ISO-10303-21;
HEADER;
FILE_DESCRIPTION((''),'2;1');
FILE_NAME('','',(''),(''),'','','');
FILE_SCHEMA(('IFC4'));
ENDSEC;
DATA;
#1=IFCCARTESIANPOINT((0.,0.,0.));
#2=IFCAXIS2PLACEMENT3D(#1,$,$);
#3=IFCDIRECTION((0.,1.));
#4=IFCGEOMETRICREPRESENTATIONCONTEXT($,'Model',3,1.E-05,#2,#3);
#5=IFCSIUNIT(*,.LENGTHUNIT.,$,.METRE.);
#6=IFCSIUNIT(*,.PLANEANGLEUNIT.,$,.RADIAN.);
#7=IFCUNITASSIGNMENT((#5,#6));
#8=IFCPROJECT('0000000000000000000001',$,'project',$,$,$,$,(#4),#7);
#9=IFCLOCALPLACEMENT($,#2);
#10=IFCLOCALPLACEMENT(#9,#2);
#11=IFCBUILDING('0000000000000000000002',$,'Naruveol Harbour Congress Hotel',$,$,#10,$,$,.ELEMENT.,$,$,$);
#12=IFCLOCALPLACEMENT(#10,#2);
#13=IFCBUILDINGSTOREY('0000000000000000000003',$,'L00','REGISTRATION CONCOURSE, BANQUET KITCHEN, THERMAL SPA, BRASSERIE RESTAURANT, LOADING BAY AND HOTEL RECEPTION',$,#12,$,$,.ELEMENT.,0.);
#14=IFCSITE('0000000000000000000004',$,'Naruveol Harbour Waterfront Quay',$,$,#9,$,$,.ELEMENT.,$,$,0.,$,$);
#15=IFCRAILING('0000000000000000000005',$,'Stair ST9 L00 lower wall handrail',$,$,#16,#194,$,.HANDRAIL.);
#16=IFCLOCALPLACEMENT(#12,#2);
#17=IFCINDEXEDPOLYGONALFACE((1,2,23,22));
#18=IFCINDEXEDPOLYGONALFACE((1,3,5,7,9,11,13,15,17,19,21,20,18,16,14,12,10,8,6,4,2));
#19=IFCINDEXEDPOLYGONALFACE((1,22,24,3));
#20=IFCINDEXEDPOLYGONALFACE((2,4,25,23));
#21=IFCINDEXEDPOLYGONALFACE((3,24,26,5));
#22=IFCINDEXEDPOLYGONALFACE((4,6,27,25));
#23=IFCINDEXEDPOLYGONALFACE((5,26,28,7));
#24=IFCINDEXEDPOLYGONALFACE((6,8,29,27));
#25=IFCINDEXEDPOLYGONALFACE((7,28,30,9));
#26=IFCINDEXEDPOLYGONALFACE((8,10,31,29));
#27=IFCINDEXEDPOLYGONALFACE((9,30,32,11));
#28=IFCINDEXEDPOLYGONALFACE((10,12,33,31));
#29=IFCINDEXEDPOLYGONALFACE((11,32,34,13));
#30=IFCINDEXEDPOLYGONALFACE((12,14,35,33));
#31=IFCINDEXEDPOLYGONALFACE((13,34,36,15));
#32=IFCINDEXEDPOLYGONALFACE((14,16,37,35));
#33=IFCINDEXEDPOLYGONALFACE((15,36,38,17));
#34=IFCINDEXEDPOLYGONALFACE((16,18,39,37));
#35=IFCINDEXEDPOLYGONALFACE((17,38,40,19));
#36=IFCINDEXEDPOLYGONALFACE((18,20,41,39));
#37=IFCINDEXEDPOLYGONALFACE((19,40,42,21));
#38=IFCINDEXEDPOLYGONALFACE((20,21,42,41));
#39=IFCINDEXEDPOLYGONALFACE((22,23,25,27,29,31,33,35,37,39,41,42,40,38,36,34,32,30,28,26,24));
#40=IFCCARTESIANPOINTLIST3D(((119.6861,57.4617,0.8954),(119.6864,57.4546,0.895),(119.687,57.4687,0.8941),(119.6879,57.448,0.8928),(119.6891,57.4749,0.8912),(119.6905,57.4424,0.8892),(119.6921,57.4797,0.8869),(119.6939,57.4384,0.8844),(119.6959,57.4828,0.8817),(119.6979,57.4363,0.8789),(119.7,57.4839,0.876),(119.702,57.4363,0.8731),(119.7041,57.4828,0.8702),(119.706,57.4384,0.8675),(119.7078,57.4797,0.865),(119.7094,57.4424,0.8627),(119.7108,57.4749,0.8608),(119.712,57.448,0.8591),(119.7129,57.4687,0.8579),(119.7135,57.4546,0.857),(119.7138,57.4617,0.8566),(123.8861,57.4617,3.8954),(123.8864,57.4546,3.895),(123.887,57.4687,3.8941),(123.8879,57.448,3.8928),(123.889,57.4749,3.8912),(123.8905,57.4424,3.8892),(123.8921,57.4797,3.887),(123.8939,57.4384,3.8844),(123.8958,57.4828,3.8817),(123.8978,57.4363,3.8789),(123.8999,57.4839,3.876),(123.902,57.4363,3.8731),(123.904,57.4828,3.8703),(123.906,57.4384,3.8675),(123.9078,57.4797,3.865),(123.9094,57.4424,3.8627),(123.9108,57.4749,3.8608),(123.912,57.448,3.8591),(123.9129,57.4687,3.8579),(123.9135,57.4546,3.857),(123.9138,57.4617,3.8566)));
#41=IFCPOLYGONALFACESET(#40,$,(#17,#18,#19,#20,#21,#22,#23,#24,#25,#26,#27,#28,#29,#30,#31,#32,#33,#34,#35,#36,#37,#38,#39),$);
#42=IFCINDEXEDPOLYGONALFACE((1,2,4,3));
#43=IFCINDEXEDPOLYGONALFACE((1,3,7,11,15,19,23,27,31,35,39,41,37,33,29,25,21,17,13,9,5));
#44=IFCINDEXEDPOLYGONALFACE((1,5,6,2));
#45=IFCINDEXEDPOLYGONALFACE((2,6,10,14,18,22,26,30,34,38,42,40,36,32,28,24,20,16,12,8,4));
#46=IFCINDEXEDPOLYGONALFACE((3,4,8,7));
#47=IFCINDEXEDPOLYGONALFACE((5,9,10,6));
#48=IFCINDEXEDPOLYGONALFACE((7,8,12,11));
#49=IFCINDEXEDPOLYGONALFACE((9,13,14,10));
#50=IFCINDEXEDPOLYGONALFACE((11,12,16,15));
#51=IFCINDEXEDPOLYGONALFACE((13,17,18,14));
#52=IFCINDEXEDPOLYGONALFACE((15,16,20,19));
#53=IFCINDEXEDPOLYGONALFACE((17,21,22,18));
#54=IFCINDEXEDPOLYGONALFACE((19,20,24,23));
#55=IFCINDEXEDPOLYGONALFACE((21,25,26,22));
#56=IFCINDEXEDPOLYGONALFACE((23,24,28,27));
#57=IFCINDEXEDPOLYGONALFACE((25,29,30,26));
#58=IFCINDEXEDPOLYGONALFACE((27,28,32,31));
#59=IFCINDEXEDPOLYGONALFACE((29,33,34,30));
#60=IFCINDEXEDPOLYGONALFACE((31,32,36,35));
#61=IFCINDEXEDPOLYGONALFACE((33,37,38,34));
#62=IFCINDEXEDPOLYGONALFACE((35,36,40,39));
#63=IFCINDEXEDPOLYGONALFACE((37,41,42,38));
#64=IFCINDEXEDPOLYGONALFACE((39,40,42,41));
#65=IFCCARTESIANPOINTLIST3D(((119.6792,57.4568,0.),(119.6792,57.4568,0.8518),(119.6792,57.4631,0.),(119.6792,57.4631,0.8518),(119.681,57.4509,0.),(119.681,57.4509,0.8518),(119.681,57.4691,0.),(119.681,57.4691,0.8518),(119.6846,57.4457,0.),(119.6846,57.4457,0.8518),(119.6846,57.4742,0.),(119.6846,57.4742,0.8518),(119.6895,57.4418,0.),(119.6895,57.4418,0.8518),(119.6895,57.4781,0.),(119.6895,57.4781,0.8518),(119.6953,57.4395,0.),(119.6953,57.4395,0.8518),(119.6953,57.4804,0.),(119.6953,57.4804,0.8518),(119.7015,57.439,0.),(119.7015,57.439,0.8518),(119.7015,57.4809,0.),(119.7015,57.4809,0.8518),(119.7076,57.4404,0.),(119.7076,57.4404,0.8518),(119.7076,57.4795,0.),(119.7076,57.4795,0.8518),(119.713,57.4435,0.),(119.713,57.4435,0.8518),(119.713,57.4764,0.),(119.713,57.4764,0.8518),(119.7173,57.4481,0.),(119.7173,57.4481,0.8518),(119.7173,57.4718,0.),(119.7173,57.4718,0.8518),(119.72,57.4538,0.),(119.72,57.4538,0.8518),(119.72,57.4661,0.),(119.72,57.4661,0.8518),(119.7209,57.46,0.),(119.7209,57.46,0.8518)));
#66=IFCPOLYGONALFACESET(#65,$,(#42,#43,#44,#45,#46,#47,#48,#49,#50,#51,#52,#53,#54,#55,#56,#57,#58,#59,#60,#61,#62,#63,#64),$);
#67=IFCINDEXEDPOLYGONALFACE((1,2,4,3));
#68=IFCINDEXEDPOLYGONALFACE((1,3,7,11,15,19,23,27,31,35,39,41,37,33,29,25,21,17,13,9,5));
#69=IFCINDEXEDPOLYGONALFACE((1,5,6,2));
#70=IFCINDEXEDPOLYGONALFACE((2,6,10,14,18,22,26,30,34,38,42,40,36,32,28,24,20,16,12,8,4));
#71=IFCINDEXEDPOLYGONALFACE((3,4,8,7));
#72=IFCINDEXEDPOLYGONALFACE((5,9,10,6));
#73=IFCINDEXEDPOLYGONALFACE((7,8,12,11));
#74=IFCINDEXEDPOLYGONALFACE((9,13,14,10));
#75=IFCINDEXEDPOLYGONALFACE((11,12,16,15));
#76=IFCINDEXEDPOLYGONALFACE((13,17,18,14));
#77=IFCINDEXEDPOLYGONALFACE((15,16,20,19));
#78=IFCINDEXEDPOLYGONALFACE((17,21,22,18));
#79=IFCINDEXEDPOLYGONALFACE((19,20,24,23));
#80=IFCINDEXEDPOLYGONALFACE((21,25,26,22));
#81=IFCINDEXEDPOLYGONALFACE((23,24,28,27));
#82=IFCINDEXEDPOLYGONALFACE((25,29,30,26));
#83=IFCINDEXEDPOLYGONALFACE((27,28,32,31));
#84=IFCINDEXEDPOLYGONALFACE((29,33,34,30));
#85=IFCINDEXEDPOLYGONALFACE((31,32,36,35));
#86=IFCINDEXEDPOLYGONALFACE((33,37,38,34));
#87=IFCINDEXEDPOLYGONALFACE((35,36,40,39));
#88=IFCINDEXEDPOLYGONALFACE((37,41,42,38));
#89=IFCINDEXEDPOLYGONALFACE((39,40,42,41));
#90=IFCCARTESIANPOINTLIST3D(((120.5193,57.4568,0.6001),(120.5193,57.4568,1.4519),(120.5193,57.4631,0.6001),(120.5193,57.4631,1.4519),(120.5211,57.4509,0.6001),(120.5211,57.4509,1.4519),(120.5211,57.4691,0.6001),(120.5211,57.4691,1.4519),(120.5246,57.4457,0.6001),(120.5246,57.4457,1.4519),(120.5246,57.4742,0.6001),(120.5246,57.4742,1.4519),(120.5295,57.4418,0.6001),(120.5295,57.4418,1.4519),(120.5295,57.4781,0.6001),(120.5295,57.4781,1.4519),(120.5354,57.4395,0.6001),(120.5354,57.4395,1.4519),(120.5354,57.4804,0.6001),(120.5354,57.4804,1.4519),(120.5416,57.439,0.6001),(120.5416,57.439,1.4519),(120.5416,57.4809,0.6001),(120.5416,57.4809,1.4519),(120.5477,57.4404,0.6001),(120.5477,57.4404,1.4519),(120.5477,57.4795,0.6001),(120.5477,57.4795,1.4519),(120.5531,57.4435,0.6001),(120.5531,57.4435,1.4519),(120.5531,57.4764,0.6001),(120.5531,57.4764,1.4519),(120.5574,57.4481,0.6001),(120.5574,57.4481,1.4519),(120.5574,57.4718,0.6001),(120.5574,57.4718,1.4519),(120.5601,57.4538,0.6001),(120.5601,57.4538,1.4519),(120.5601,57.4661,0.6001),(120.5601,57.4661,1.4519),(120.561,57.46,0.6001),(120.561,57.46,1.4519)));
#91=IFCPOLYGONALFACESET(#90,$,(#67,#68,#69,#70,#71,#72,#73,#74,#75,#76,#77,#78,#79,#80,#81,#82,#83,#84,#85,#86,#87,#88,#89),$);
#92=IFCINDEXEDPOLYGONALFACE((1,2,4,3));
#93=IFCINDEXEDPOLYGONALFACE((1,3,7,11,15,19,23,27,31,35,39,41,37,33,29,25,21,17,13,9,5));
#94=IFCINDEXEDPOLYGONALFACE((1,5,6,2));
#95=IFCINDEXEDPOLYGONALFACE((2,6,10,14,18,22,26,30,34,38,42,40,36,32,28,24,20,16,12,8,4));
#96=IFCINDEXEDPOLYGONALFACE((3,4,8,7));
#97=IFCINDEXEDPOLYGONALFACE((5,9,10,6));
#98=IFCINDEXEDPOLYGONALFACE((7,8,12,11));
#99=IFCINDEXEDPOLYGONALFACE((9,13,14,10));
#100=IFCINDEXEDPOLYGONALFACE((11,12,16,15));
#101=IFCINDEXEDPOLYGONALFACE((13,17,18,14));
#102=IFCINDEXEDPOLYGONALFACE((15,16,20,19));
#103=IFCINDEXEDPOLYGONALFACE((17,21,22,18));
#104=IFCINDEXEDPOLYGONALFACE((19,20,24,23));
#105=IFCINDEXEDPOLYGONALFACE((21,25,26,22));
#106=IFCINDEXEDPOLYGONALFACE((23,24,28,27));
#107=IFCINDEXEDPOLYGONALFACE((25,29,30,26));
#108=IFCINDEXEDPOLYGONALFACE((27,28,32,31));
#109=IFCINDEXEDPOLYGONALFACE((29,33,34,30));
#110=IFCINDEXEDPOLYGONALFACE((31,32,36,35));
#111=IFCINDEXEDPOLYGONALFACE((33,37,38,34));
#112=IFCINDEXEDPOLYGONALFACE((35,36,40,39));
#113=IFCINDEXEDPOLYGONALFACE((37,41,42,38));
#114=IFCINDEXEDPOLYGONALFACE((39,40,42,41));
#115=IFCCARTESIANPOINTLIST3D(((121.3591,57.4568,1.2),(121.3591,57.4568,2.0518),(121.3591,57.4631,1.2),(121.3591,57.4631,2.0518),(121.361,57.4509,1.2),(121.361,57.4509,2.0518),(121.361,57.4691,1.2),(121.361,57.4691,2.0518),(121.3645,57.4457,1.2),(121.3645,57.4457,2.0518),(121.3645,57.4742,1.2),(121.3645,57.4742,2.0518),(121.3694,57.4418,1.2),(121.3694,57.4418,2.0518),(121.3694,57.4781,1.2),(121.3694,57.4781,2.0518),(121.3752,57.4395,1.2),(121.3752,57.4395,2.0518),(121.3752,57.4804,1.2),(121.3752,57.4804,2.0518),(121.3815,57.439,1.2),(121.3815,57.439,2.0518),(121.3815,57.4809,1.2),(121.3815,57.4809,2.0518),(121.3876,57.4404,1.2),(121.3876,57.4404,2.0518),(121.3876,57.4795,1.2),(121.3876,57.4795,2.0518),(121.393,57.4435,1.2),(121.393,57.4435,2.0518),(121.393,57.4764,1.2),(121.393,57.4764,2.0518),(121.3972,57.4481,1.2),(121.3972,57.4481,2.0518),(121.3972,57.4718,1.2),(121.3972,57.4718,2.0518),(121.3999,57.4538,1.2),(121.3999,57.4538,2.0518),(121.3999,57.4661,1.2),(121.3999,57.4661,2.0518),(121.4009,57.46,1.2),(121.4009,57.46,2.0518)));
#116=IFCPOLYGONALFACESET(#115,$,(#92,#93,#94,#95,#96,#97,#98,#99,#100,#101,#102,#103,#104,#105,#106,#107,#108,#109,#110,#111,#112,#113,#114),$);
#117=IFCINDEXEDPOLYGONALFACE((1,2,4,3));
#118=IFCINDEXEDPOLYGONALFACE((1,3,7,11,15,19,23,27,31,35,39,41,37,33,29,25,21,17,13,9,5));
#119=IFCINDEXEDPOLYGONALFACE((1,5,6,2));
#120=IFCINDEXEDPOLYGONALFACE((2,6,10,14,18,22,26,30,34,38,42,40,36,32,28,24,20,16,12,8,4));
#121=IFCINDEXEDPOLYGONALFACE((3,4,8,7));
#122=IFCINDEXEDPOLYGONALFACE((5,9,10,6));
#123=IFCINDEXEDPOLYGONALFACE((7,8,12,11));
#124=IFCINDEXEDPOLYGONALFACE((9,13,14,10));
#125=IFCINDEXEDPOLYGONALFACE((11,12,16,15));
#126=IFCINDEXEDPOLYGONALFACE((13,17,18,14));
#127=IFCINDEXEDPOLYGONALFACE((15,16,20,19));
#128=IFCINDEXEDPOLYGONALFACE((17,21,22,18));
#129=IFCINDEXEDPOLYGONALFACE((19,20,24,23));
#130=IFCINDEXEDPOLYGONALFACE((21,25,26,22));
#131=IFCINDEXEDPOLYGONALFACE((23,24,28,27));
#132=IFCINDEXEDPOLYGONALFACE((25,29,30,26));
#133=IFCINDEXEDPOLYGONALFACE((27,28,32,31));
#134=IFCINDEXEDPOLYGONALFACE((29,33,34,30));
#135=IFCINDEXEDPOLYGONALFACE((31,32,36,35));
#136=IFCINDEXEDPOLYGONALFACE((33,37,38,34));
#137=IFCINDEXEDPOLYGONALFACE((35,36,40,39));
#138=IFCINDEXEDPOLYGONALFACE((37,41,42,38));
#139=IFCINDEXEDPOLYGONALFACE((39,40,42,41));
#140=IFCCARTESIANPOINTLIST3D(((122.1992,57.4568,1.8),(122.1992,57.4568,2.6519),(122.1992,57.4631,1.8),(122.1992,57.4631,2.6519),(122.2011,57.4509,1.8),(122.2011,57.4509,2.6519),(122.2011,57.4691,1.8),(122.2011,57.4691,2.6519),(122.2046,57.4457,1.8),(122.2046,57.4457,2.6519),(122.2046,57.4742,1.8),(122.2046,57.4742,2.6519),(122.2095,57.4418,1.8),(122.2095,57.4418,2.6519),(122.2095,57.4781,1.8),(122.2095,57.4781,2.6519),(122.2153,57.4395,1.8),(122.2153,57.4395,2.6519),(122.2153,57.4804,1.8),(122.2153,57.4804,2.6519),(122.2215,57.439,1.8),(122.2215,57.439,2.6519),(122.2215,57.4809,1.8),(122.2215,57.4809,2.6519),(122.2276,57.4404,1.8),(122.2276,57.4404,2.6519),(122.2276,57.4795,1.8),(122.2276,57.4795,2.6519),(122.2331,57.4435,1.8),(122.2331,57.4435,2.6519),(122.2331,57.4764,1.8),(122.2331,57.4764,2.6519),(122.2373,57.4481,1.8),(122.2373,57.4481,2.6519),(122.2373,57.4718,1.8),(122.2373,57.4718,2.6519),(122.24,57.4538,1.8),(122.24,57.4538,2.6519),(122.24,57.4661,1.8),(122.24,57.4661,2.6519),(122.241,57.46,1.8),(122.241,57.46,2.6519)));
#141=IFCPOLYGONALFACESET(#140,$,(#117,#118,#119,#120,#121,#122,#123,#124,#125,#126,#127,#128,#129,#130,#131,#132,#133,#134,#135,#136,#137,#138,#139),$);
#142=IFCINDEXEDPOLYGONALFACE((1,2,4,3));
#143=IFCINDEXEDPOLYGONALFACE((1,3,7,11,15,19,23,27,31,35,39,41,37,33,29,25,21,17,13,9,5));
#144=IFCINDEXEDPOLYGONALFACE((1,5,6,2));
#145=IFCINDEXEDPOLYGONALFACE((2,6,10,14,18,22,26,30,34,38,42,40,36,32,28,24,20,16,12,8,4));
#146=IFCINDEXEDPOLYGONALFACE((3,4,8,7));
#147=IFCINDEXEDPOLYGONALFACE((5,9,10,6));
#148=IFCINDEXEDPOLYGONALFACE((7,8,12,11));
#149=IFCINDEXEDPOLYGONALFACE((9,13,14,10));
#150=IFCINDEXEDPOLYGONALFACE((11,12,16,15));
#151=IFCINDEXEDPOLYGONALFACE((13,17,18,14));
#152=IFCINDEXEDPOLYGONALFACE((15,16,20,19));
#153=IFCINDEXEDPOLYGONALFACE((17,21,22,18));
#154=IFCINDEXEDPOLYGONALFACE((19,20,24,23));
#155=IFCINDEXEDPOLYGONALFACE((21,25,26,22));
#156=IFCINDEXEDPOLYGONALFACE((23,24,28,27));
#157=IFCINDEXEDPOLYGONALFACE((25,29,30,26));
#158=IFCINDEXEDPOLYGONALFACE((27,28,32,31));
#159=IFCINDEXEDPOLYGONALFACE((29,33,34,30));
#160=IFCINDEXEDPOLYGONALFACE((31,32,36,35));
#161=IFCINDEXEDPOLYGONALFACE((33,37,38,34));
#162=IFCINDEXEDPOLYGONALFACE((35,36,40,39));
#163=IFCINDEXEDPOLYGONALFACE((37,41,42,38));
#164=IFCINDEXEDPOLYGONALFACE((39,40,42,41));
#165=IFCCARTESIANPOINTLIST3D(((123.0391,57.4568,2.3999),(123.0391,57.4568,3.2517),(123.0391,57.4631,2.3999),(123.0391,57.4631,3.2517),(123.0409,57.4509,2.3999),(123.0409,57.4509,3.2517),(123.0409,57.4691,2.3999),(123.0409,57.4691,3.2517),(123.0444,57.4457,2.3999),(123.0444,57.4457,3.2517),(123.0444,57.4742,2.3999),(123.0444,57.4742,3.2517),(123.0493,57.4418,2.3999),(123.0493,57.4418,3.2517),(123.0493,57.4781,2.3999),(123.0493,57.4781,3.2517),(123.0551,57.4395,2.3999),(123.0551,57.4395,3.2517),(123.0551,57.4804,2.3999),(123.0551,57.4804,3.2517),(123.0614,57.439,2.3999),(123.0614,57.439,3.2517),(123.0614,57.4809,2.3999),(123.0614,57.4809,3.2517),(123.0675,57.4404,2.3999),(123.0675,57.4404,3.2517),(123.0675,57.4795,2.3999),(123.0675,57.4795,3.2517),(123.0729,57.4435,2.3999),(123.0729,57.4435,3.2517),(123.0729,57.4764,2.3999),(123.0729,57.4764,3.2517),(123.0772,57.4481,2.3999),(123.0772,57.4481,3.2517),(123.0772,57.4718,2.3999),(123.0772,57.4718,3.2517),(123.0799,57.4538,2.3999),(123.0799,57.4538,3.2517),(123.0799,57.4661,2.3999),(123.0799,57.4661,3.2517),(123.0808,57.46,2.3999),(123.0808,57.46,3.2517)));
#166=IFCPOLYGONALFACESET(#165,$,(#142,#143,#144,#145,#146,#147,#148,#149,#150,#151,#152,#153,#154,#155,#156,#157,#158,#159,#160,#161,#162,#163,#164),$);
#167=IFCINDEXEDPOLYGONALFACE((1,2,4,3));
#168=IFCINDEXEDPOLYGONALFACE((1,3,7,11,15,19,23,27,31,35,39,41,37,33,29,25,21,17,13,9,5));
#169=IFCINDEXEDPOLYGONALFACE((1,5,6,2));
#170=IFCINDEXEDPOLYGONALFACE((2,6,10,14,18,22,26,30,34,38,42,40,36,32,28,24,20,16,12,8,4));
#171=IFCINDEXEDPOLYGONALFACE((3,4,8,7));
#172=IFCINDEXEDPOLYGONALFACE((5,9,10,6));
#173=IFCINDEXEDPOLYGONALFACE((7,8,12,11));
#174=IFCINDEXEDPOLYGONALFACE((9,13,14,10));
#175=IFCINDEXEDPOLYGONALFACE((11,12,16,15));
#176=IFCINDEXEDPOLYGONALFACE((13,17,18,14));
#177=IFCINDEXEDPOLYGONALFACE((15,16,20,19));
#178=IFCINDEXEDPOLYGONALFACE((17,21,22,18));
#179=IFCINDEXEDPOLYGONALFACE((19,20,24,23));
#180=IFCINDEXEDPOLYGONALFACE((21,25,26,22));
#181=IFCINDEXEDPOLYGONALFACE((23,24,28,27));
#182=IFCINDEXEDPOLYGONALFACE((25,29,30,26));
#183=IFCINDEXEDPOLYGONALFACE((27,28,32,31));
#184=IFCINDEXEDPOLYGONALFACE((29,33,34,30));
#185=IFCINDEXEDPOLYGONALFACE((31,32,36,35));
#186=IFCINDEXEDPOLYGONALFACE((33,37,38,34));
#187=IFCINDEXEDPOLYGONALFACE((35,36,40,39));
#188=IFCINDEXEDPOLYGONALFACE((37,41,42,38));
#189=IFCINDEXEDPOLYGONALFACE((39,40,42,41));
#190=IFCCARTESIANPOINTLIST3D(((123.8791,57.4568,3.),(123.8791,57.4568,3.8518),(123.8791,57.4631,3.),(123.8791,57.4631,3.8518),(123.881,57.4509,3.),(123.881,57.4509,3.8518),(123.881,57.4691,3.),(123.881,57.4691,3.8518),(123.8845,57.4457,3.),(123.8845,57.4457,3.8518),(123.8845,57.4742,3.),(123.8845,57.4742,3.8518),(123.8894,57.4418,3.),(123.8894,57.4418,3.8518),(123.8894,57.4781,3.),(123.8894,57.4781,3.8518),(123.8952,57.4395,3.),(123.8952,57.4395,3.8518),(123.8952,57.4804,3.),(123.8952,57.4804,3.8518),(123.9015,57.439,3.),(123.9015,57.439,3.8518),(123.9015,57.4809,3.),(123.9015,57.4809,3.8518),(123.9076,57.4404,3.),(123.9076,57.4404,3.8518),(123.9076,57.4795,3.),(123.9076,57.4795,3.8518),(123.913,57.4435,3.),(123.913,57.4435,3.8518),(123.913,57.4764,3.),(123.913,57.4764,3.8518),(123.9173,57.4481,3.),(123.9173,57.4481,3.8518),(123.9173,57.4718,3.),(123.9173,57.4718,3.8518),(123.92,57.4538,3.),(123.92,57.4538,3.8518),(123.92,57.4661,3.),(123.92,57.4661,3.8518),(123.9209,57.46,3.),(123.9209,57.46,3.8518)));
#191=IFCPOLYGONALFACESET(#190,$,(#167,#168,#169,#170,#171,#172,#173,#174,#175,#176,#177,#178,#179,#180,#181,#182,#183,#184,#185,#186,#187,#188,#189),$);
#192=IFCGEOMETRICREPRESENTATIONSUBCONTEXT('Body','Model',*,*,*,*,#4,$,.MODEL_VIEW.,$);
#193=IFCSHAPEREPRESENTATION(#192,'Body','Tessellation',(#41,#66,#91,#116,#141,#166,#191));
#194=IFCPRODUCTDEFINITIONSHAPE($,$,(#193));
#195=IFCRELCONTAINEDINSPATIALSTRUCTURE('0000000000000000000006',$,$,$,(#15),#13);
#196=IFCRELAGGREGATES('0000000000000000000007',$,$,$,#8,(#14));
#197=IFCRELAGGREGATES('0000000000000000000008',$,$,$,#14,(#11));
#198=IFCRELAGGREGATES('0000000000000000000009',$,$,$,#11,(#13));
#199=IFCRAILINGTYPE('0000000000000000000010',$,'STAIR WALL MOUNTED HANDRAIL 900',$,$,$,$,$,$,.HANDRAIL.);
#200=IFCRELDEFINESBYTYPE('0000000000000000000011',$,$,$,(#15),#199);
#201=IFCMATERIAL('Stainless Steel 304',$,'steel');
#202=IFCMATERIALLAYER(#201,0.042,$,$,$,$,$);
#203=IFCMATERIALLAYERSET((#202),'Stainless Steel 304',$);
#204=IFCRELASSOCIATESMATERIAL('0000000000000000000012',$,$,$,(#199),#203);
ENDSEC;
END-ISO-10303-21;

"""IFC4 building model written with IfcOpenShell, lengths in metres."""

from ifc_helpers import new_model, si_unit, direction, frame, origin, origin_2d, place, context, subcontext, project, spatial, circle, extrude, material, layer, layer_set, type_object, element, save


model = new_model("IFC4")

# Units and contexts
model_context = context("Model", 3, precision=1e-05, world=origin(), true_north=direction((0.0, 1.0)))
body_context = subcontext(model_context, "Body", "Model", "MODEL_VIEW")
ifc_project = project(units=[si_unit("LENGTHUNIT", "METRE"), si_unit("PLANEANGLEUNIT", "RADIAN")], contexts=[model_context])

# Site, building, storey
site_placement = place(None, origin())
site = spatial("IfcSite", under=ifc_project, at=site_placement, Name="Naruveol Harbour Waterfront Quay", CompositionType="ELEMENT", RefElevation=0.0)
building_placement = place(site_placement, origin())
building = spatial("IfcBuilding", under=site, at=building_placement, Name="Naruveol Harbour Congress Hotel", CompositionType="ELEMENT")
storey_placement = place(building_placement, origin())
storey = spatial("IfcBuildingStorey", under=building, at=storey_placement, Name="L00", Description="REGISTRATION CONCOURSE, BANQUET KITCHEN, THERMAL SPA, BRASSERIE RESTAURANT, LOADING BAY AND HOTEL RECEPTION", CompositionType="ELEMENT", Elevation=0.0)

# Railing
ifc_material_1 = material(Name="Stainless Steel 304", Category="steel")
ifc_layer_1 = layer(ifc_material_1, 0.042)
ifc_layer_set_1 = layer_set([ifc_layer_1], Name="Stainless Steel 304")
railing_type_1 = type_object("IfcRailingType", Name="STAIR WALL MOUNTED HANDRAIL 900", PredefinedType="HANDRAIL", material=ifc_layer_set_1)
railing_1_placement = place(storey_placement, frame((119.7, 57.46, 0.0)))
element("IfcRailing", 1, at=railing_1_placement, inside=storey, type_object=railing_type_1, Name="Stair ST9 L00 lower wall handrail", PredefinedType="HANDRAIL", context=body_context, shape_type="SweptSolid", body=[
    extrude(circle(Radius=0.0239, at=origin_2d()), frame((0.0, 0.0, 0.876), z_axis=(0.81373, 0.0, 0.581243), x_axis=(0.0, 1.0, 0.0)), (0.0, 0.0, 1.0), 5.1614),
    extrude(circle(Radius=0.021, at=origin_2d()), origin(), (0.0, 0.0, 1.0), 0.8518),
    extrude(circle(Radius=0.021, at=origin_2d()), frame((0.8401, 0.0, 0.6001)), (0.0, 0.0, 1.0), 0.8518),
    extrude(circle(Radius=0.021, at=origin_2d()), frame((1.6799, 0.0, 1.2)), (0.0, 0.0, 1.0), 0.8518),
    extrude(circle(Radius=0.021, at=origin_2d()), frame((2.52, 0.0, 1.8)), (0.0, 0.0, 1.0), 0.8518),
    extrude(circle(Radius=0.021, at=origin_2d()), frame((3.3599, 0.0, 2.3999)), (0.0, 0.0, 1.0), 0.8518),
    extrude(circle(Radius=0.021, at=origin_2d()), frame((4.2, 0.0, 3.0)), (0.0, 0.0, 1.0), 0.8518),
])

save(model, "model.ifc")
